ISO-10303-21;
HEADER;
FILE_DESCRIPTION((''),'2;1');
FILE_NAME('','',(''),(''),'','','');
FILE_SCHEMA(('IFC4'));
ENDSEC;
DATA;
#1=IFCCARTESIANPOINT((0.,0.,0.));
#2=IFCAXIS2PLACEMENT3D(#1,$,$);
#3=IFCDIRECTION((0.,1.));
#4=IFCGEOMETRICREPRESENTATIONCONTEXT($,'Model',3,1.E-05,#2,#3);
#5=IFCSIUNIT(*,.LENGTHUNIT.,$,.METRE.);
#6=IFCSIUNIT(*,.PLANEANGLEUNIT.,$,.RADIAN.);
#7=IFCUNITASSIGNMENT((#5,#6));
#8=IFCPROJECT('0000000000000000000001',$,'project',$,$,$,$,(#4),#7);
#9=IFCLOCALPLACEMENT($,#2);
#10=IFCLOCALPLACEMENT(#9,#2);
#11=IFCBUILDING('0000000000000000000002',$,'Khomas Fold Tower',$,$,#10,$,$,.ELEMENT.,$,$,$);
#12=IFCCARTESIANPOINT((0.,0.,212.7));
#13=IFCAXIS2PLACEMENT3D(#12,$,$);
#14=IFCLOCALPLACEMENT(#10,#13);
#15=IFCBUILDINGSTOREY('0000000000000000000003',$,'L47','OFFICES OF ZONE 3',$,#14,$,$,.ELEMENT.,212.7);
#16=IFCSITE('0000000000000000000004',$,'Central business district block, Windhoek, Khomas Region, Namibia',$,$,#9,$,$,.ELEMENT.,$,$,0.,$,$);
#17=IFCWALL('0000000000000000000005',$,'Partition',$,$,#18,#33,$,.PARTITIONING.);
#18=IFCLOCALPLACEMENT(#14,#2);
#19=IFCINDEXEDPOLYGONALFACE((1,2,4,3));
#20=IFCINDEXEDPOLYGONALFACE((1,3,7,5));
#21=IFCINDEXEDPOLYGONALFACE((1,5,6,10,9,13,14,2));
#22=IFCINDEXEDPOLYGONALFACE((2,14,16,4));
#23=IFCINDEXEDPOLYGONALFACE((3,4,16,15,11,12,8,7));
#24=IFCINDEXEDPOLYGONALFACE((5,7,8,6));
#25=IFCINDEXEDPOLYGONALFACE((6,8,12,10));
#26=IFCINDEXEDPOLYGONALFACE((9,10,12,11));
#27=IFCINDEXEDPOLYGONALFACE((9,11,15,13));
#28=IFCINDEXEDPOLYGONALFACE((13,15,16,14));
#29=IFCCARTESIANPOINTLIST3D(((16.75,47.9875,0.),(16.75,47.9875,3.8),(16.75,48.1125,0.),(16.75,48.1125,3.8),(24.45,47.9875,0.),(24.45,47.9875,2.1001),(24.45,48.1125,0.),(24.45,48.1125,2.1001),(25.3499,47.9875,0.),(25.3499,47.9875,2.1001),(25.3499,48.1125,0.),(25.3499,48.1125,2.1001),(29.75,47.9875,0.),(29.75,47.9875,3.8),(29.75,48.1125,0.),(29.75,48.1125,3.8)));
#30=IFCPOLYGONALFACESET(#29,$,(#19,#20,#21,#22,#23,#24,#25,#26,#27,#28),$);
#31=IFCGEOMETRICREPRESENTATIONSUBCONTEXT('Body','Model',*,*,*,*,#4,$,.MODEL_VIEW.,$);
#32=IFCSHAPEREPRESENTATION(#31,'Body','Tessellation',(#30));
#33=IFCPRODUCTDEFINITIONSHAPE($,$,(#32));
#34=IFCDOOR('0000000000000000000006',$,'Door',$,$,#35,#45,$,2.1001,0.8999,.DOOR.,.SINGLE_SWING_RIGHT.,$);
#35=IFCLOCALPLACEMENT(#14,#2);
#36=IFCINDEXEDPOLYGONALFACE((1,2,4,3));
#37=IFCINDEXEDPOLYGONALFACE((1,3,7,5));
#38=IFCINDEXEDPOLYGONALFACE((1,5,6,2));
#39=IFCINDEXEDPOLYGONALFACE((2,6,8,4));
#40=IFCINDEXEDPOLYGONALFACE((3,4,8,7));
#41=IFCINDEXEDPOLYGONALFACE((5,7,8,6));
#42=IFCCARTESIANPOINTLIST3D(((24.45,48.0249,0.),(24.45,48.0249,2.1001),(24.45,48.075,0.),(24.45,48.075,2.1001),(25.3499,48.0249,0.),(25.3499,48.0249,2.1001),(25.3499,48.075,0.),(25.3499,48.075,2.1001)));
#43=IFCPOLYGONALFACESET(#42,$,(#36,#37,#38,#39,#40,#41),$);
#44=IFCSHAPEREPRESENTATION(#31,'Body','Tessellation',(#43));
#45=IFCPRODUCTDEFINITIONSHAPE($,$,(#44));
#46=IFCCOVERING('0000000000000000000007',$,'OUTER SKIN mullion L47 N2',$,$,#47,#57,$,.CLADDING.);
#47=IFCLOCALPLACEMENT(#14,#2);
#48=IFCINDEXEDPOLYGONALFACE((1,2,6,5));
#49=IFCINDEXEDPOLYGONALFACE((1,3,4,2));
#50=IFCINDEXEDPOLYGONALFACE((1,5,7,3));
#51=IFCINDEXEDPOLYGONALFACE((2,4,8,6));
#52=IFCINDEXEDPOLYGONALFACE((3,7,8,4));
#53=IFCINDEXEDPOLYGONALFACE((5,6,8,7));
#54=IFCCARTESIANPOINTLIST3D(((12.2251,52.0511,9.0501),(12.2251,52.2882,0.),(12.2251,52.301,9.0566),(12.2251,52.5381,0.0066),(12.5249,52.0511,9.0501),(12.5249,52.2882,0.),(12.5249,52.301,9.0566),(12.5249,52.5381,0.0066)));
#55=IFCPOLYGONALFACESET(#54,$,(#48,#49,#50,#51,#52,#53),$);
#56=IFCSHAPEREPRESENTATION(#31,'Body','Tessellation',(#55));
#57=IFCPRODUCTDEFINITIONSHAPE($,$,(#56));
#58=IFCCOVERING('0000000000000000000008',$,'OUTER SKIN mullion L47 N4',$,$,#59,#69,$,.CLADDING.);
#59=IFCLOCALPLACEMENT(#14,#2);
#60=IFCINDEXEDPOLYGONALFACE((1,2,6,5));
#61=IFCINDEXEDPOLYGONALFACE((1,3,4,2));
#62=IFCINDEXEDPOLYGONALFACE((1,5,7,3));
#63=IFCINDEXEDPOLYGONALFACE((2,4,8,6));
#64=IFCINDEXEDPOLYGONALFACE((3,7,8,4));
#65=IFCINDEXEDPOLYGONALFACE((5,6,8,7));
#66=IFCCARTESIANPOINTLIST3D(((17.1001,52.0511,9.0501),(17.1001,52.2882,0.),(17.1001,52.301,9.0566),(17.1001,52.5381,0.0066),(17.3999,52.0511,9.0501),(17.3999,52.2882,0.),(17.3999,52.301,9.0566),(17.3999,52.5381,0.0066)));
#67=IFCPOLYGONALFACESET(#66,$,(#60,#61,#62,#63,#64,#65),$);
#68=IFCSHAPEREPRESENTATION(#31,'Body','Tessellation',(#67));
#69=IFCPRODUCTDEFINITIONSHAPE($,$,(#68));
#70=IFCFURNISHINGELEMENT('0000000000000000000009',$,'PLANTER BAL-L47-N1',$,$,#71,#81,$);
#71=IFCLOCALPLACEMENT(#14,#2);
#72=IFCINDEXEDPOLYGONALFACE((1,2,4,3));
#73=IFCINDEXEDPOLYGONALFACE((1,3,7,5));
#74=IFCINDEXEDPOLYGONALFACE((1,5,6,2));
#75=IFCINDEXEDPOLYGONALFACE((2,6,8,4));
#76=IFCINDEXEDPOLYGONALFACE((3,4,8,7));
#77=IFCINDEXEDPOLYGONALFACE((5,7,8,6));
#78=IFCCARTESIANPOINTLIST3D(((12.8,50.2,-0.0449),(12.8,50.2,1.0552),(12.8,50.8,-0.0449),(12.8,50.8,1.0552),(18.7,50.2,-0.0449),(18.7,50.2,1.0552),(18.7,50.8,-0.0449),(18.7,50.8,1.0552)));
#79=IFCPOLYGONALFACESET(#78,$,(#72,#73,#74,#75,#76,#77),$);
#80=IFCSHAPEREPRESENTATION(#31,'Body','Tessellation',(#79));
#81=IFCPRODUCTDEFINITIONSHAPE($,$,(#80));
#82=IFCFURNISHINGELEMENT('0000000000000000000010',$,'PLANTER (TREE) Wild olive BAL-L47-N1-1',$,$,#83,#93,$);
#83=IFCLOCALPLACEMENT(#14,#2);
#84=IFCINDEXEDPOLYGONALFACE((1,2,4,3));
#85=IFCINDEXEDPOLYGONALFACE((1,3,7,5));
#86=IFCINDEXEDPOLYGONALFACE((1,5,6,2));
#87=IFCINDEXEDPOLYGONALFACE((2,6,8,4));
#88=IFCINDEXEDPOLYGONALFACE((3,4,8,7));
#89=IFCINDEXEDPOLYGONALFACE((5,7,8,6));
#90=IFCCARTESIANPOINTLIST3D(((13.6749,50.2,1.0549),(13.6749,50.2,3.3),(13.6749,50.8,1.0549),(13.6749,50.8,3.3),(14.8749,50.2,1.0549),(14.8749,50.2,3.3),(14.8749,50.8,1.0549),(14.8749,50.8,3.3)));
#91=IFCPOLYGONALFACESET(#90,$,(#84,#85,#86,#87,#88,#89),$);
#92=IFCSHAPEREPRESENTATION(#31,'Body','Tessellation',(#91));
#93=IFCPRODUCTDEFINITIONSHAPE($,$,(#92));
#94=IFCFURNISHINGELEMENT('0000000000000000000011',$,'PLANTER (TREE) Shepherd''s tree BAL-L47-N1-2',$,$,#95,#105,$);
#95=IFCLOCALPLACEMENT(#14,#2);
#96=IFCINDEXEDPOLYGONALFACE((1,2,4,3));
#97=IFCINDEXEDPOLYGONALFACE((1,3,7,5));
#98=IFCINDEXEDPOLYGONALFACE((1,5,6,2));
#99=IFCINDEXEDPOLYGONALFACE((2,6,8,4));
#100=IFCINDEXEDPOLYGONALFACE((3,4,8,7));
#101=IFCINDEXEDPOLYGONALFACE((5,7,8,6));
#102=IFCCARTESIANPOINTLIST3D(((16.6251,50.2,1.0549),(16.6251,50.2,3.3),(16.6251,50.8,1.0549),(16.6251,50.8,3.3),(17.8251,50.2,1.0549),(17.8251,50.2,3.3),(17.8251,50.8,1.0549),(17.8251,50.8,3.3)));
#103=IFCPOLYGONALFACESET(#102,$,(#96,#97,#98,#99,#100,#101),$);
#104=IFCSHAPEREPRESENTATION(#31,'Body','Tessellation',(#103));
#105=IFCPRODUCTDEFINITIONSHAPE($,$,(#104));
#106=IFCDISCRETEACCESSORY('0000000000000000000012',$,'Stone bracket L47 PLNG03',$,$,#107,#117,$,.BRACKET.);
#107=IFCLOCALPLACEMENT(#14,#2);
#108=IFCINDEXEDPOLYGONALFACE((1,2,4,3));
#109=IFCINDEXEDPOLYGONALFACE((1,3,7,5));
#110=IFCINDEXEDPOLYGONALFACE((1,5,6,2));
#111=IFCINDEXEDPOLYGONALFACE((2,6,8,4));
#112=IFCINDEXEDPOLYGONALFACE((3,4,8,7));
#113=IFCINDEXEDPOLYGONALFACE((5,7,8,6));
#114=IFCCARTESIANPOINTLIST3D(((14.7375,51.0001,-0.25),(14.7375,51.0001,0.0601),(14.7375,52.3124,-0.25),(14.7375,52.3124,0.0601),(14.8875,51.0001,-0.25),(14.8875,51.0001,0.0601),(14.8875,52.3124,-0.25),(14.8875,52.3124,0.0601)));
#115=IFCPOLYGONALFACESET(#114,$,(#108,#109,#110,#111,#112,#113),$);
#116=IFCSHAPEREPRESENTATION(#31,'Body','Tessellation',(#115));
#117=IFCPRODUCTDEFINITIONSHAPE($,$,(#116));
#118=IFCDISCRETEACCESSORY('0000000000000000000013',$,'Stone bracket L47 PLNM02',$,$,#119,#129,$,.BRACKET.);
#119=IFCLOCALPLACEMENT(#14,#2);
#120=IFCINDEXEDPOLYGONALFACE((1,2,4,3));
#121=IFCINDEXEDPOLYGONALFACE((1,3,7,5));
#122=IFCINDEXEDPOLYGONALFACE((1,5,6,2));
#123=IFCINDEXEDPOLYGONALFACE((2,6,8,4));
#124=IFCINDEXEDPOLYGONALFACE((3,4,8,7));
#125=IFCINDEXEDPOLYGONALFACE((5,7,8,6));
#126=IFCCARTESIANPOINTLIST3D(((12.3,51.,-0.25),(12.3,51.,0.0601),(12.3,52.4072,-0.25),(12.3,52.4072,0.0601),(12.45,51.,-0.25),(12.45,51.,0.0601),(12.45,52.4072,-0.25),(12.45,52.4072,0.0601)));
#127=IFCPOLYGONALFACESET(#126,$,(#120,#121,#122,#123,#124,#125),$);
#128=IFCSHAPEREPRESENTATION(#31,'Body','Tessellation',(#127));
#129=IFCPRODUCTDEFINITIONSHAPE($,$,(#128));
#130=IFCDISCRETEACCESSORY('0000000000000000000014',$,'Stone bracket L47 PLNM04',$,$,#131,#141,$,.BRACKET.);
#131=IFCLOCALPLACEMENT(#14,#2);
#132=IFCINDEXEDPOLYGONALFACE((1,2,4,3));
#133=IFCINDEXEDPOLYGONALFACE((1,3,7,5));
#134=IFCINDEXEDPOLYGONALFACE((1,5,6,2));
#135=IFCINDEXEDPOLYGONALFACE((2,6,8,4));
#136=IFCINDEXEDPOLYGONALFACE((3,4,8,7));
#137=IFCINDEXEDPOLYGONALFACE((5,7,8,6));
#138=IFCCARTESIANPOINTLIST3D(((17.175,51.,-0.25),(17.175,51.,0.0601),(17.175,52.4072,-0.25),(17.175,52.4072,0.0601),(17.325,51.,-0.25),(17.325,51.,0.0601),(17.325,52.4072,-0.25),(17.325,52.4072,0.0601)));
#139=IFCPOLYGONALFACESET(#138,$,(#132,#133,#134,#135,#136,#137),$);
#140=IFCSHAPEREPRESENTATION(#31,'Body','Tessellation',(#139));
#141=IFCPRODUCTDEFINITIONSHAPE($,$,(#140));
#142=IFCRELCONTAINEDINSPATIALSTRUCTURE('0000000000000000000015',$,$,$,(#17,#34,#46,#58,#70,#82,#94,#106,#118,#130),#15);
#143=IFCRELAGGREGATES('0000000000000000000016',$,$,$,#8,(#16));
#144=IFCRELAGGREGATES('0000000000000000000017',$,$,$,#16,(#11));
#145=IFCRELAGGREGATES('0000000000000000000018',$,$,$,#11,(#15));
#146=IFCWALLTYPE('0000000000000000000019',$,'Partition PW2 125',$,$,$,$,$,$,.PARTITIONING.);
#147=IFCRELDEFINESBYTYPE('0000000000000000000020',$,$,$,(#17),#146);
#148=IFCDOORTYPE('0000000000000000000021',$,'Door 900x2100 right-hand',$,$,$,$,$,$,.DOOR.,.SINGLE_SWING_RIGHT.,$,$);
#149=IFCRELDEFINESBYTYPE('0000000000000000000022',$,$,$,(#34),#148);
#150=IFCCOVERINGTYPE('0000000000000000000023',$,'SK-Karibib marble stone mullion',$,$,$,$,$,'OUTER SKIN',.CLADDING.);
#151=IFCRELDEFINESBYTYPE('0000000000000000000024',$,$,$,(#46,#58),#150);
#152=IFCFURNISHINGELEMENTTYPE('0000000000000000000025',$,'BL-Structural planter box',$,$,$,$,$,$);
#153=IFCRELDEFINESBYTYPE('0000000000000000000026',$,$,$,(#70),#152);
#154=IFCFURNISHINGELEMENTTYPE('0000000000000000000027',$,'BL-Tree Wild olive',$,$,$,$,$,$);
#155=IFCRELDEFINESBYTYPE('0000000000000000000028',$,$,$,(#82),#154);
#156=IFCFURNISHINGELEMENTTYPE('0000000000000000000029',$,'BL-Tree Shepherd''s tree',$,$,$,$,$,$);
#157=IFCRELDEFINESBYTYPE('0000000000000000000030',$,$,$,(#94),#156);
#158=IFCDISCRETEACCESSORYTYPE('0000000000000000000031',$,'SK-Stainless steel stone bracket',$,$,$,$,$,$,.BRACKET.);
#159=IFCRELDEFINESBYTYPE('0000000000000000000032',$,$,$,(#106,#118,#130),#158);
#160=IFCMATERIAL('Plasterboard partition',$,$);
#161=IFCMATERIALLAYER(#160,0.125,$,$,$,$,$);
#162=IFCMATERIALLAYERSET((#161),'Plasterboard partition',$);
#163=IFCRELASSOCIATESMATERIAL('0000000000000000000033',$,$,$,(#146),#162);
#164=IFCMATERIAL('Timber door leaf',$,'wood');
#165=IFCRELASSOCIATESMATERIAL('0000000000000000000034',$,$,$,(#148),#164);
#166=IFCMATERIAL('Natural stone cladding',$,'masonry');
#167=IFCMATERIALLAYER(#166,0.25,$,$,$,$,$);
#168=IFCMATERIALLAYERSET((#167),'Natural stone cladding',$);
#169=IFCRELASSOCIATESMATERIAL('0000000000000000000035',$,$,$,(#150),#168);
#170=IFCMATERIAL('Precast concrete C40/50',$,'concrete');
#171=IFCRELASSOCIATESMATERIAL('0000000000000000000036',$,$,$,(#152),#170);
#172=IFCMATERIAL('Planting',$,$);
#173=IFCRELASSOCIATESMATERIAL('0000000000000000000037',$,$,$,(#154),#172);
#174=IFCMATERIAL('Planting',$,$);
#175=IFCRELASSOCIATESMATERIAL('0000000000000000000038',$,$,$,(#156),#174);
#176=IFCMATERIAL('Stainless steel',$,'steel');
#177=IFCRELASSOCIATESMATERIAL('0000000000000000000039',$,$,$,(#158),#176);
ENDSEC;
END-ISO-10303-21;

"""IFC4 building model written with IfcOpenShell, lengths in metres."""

from ifc_helpers import new_model, si_unit, direction, frame, frame_2d, origin, origin_2d, place, context, subcontext, project, spatial, polyline, rectangle, outline, extrude, source, transform, mapped, material, layer, layer_set, type_object, element, fill, save


model = new_model("IFC4")

# Units and contexts
model_context = context("Model", 3, precision=1e-05, world=origin(), true_north=direction((0.0, 1.0)))
body_context = subcontext(model_context, "Body", "Model", "MODEL_VIEW")
ifc_project = project(units=[si_unit("LENGTHUNIT", "METRE"), si_unit("PLANEANGLEUNIT", "RADIAN")], contexts=[model_context])

# Site, building, storey
site_placement = place(None, origin())
site = spatial("IfcSite", under=ifc_project, at=site_placement, Name="Central business district block, Windhoek, Khomas Region, Namibia", CompositionType="ELEMENT", RefElevation=0.0)
building_placement = place(site_placement, origin())
building = spatial("IfcBuilding", under=site, at=building_placement, Name="Khomas Fold Tower", CompositionType="ELEMENT")
storey_placement = place(building_placement, frame((0.0, 0.0, 212.7)))
storey = spatial("IfcBuildingStorey", under=building, at=storey_placement, Name="L47", Description="OFFICES OF ZONE 3", CompositionType="ELEMENT", Elevation=212.7)

# Wall, opening, door
ifc_material_1 = material(Name="Plasterboard partition")
ifc_layer_1 = layer(ifc_material_1, 0.125)
ifc_layer_set_1 = layer_set([ifc_layer_1], Name="Plasterboard partition")
wall_type_1 = type_object("IfcWallType", Name="Partition PW2 125", PredefinedType="PARTITIONING", material=ifc_layer_set_1)
shared_shape_1 = source(origin(), body_context, "Body", "SweptSolid", [
    extrude(rectangle(XDim=13.0, YDim=0.125, at=frame_2d((6.5, 0.0))), origin(), (0.0, 0.0, 1.0), 3.8),
])
wall_1_placement = place(storey_placement, frame((16.75, 48.05, 0.0), z_axis=(0.0, 0.0, 1.0), x_axis=(1.0, 0.0, 0.0)))
wall_1 = element("IfcWall", 1, at=wall_1_placement, inside=storey, type_object=wall_type_1, Name="Partition", PredefinedType="PARTITIONING", context=body_context, shape_type="MappedRepresentation", body=[
    mapped(shared_shape_1, transform((0.0, 0.0, 0.0))),
])
shared_shape_2 = source(origin(), body_context, "Body", "SweptSolid", [
    extrude(rectangle(XDim=0.8999, YDim=2.1001, at=frame_2d((0.45, 1.05))), frame((0.0, 0.0725, 0.0), z_axis=(0.0, -1.0, 0.0), x_axis=(1.0, 0.0, 0.0)), (0.0, 0.0, 1.0), 0.145),
])
opening_1_placement = place(wall_1_placement, frame((7.7, 0.0, 0.0)))
opening_1 = element("IfcOpeningElement", 2, at=opening_1_placement, cuts=wall_1, PredefinedType="OPENING", context=body_context, shape_type="MappedRepresentation", body=[
    mapped(shared_shape_2, transform((0.0, 0.0, 0.0))),
])
ifc_material_2 = material(Name="Timber door leaf", Category="wood")
door_type_1 = type_object("IfcDoorType", Name="Door 900x2100 right-hand", OperationType="SINGLE_SWING_RIGHT", PredefinedType="DOOR", material=ifc_material_2)
shared_shape_3 = source(origin(), body_context, "Body", "SweptSolid", [
    extrude(rectangle(XDim=0.8999, YDim=2.1001, at=frame_2d((0.45, 1.05))), frame((0.0, 0.0249, 0.0), z_axis=(0.0, -1.0, 0.0), x_axis=(1.0, 0.0, 0.0)), (0.0, 0.0, 1.0), 0.05),
])
door_1_placement = place(opening_1_placement, origin())
door_1 = element("IfcDoor", 3, at=door_1_placement, inside=storey, type_object=door_type_1, Name="Door", OperationType="SINGLE_SWING_RIGHT", OverallHeight=2.1001, OverallWidth=0.8999, PredefinedType="DOOR", context=body_context, shape_type="MappedRepresentation", body=[
    mapped(shared_shape_3, transform((0.0, 0.0, 0.0))),
])
fill(opening_1, door_1)

# Coverings
ifc_material_3 = material(Name="Natural stone cladding", Category="masonry")
ifc_layer_2 = layer(ifc_material_3, 0.25)
ifc_layer_set_2 = layer_set([ifc_layer_2], Name="Natural stone cladding")
covering_type = type_object("IfcCoveringType", Name="SK-Karibib marble stone mullion", ElementType="OUTER SKIN", PredefinedType="CLADDING", material=ifc_layer_set_2)
for number, where, z_axis, x_axis, name in (
    (4, (12.2251, 52.5381, 0.0066), (0.0, 0.999657, 0.026185), (1.0, 0.0, 0.0), "OUTER SKIN mullion L47 N2"),
    (5, (17.1001, 52.5381, 0.0066), (0.0, 0.999657, 0.026185), (1.0, 0.0, 0.0), "OUTER SKIN mullion L47 N4"),
):
    element("IfcCovering", number, at=place(storey_placement, frame(where, z_axis=z_axis, x_axis=x_axis)), inside=storey, type_object=covering_type, Name=name, PredefinedType="CLADDING", context=body_context, shape_type="SweptSolid", body=[
        extrude(outline(polyline([(0.0, 0.0), (0.2998, 0.0), (0.2998, -9.0532), (0.0, -9.0532), (0.0, 0.0)])), origin(), (0.0, 0.0, -1.0), 0.25),
    ])

# Furnishing elements
ifc_material_4 = material(Name="Precast concrete C40/50", Category="concrete")
furnishing_element_type_1 = type_object("IfcFurnishingElementType", Name="BL-Structural planter box", material=ifc_material_4)
shared_shape_4 = source(origin(), body_context, "Body", "SweptSolid", [
    extrude(rectangle(XDim=5.8999, YDim=0.6001, at=origin_2d()), origin(), (0.0, 0.0, 1.0), 1.1001),
])
furnishing_1_placement = place(storey_placement, frame((15.75, 50.5, -0.0449), z_axis=(0.0, 0.0, 1.0), x_axis=(1.0, 0.0, 0.0)))
element("IfcFurnishingElement", 6, at=furnishing_1_placement, inside=storey, type_object=furnishing_element_type_1, Name="PLANTER BAL-L47-N1", context=body_context, shape_type="MappedRepresentation", body=[
    mapped(shared_shape_4, transform((0.0, 0.0, 0.0))),
])
ifc_material_5 = material(Name="Planting")
furnishing_element_type_2 = type_object("IfcFurnishingElementType", Name="BL-Tree Wild olive", material=ifc_material_5)
shared_shape_5 = source(origin(), body_context, "Body", "SweptSolid", [
    extrude(rectangle(XDim=1.2, YDim=0.6001, at=origin_2d()), origin(), (0.0, 0.0, 1.0), 2.2451),
])
furnishing_2_placement = place(storey_placement, frame((14.2749, 50.5, 1.0549), z_axis=(0.0, 0.0, 1.0), x_axis=(1.0, 0.0, 0.0)))
element("IfcFurnishingElement", 7, at=furnishing_2_placement, inside=storey, type_object=furnishing_element_type_2, Name="PLANTER (TREE) Wild olive BAL-L47-N1-1", context=body_context, shape_type="MappedRepresentation", body=[
    mapped(shared_shape_5, transform((0.0, 0.0, 0.0))),
])
ifc_material_6 = material(Name="Planting")
furnishing_element_type_3 = type_object("IfcFurnishingElementType", Name="BL-Tree Shepherd's tree", material=ifc_material_6)
furnishing_3_placement = place(storey_placement, frame((17.2251, 50.5, 1.0549), z_axis=(0.0, 0.0, 1.0), x_axis=(1.0, 0.0, 0.0)))
element("IfcFurnishingElement", 8, at=furnishing_3_placement, inside=storey, type_object=furnishing_element_type_3, Name="PLANTER (TREE) Shepherd's tree BAL-L47-N1-2", context=body_context, shape_type="MappedRepresentation", body=[
    mapped(shared_shape_5, transform((0.0, 0.0, 0.0))),
])

# Discrete accessories
ifc_material_7 = material(Name="Stainless steel", Category="steel")
discrete_accessory_type = type_object("IfcDiscreteAccessoryType", Name="SK-Stainless steel stone bracket", PredefinedType="BRACKET", material=ifc_material_7)
shared_shape_6 = source(origin(), body_context, "Body", "SweptSolid", [
    extrude(rectangle(XDim=1.3123, YDim=0.1499, at=origin_2d()), origin(), (0.0, 0.0, 1.0), 0.3101),
])
discrete_accessory_placement = place(storey_placement, frame((14.8125, 51.6562, -0.25), z_axis=(0.0, 0.0, 1.0), x_axis=(0.0, 1.0, 0.0)))
element("IfcDiscreteAccessory", 9, at=discrete_accessory_placement, inside=storey, type_object=discrete_accessory_type, Name="Stone bracket L47 PLNG03", PredefinedType="BRACKET", context=body_context, shape_type="MappedRepresentation", body=[
    mapped(shared_shape_6, transform((0.0, 0.0, 0.0))),
])
shared_shape_7 = source(origin(), body_context, "Body", "SweptSolid", [
    extrude(rectangle(XDim=1.4072, YDim=0.1499, at=origin_2d()), origin(), (0.0, 0.0, 1.0), 0.3101),
])
for number, where, z_axis, x_axis, name in (
    (10, (12.375, 51.7036, -0.25), (0.0, 0.0, 1.0), (0.0, 1.0, 0.0), "Stone bracket L47 PLNM02"),
    (11, (17.25, 51.7036, -0.25), (0.0, 0.0, 1.0), (0.0, 1.0, 0.0), "Stone bracket L47 PLNM04"),
):
    element("IfcDiscreteAccessory", number, at=place(storey_placement, frame(where, z_axis=z_axis, x_axis=x_axis)), inside=storey, type_object=discrete_accessory_type, Name=name, PredefinedType="BRACKET", context=body_context, shape_type="MappedRepresentation", body=[
        mapped(shared_shape_7, transform((0.0, 0.0, 0.0))),
    ])

save(model, "model.ifc")
